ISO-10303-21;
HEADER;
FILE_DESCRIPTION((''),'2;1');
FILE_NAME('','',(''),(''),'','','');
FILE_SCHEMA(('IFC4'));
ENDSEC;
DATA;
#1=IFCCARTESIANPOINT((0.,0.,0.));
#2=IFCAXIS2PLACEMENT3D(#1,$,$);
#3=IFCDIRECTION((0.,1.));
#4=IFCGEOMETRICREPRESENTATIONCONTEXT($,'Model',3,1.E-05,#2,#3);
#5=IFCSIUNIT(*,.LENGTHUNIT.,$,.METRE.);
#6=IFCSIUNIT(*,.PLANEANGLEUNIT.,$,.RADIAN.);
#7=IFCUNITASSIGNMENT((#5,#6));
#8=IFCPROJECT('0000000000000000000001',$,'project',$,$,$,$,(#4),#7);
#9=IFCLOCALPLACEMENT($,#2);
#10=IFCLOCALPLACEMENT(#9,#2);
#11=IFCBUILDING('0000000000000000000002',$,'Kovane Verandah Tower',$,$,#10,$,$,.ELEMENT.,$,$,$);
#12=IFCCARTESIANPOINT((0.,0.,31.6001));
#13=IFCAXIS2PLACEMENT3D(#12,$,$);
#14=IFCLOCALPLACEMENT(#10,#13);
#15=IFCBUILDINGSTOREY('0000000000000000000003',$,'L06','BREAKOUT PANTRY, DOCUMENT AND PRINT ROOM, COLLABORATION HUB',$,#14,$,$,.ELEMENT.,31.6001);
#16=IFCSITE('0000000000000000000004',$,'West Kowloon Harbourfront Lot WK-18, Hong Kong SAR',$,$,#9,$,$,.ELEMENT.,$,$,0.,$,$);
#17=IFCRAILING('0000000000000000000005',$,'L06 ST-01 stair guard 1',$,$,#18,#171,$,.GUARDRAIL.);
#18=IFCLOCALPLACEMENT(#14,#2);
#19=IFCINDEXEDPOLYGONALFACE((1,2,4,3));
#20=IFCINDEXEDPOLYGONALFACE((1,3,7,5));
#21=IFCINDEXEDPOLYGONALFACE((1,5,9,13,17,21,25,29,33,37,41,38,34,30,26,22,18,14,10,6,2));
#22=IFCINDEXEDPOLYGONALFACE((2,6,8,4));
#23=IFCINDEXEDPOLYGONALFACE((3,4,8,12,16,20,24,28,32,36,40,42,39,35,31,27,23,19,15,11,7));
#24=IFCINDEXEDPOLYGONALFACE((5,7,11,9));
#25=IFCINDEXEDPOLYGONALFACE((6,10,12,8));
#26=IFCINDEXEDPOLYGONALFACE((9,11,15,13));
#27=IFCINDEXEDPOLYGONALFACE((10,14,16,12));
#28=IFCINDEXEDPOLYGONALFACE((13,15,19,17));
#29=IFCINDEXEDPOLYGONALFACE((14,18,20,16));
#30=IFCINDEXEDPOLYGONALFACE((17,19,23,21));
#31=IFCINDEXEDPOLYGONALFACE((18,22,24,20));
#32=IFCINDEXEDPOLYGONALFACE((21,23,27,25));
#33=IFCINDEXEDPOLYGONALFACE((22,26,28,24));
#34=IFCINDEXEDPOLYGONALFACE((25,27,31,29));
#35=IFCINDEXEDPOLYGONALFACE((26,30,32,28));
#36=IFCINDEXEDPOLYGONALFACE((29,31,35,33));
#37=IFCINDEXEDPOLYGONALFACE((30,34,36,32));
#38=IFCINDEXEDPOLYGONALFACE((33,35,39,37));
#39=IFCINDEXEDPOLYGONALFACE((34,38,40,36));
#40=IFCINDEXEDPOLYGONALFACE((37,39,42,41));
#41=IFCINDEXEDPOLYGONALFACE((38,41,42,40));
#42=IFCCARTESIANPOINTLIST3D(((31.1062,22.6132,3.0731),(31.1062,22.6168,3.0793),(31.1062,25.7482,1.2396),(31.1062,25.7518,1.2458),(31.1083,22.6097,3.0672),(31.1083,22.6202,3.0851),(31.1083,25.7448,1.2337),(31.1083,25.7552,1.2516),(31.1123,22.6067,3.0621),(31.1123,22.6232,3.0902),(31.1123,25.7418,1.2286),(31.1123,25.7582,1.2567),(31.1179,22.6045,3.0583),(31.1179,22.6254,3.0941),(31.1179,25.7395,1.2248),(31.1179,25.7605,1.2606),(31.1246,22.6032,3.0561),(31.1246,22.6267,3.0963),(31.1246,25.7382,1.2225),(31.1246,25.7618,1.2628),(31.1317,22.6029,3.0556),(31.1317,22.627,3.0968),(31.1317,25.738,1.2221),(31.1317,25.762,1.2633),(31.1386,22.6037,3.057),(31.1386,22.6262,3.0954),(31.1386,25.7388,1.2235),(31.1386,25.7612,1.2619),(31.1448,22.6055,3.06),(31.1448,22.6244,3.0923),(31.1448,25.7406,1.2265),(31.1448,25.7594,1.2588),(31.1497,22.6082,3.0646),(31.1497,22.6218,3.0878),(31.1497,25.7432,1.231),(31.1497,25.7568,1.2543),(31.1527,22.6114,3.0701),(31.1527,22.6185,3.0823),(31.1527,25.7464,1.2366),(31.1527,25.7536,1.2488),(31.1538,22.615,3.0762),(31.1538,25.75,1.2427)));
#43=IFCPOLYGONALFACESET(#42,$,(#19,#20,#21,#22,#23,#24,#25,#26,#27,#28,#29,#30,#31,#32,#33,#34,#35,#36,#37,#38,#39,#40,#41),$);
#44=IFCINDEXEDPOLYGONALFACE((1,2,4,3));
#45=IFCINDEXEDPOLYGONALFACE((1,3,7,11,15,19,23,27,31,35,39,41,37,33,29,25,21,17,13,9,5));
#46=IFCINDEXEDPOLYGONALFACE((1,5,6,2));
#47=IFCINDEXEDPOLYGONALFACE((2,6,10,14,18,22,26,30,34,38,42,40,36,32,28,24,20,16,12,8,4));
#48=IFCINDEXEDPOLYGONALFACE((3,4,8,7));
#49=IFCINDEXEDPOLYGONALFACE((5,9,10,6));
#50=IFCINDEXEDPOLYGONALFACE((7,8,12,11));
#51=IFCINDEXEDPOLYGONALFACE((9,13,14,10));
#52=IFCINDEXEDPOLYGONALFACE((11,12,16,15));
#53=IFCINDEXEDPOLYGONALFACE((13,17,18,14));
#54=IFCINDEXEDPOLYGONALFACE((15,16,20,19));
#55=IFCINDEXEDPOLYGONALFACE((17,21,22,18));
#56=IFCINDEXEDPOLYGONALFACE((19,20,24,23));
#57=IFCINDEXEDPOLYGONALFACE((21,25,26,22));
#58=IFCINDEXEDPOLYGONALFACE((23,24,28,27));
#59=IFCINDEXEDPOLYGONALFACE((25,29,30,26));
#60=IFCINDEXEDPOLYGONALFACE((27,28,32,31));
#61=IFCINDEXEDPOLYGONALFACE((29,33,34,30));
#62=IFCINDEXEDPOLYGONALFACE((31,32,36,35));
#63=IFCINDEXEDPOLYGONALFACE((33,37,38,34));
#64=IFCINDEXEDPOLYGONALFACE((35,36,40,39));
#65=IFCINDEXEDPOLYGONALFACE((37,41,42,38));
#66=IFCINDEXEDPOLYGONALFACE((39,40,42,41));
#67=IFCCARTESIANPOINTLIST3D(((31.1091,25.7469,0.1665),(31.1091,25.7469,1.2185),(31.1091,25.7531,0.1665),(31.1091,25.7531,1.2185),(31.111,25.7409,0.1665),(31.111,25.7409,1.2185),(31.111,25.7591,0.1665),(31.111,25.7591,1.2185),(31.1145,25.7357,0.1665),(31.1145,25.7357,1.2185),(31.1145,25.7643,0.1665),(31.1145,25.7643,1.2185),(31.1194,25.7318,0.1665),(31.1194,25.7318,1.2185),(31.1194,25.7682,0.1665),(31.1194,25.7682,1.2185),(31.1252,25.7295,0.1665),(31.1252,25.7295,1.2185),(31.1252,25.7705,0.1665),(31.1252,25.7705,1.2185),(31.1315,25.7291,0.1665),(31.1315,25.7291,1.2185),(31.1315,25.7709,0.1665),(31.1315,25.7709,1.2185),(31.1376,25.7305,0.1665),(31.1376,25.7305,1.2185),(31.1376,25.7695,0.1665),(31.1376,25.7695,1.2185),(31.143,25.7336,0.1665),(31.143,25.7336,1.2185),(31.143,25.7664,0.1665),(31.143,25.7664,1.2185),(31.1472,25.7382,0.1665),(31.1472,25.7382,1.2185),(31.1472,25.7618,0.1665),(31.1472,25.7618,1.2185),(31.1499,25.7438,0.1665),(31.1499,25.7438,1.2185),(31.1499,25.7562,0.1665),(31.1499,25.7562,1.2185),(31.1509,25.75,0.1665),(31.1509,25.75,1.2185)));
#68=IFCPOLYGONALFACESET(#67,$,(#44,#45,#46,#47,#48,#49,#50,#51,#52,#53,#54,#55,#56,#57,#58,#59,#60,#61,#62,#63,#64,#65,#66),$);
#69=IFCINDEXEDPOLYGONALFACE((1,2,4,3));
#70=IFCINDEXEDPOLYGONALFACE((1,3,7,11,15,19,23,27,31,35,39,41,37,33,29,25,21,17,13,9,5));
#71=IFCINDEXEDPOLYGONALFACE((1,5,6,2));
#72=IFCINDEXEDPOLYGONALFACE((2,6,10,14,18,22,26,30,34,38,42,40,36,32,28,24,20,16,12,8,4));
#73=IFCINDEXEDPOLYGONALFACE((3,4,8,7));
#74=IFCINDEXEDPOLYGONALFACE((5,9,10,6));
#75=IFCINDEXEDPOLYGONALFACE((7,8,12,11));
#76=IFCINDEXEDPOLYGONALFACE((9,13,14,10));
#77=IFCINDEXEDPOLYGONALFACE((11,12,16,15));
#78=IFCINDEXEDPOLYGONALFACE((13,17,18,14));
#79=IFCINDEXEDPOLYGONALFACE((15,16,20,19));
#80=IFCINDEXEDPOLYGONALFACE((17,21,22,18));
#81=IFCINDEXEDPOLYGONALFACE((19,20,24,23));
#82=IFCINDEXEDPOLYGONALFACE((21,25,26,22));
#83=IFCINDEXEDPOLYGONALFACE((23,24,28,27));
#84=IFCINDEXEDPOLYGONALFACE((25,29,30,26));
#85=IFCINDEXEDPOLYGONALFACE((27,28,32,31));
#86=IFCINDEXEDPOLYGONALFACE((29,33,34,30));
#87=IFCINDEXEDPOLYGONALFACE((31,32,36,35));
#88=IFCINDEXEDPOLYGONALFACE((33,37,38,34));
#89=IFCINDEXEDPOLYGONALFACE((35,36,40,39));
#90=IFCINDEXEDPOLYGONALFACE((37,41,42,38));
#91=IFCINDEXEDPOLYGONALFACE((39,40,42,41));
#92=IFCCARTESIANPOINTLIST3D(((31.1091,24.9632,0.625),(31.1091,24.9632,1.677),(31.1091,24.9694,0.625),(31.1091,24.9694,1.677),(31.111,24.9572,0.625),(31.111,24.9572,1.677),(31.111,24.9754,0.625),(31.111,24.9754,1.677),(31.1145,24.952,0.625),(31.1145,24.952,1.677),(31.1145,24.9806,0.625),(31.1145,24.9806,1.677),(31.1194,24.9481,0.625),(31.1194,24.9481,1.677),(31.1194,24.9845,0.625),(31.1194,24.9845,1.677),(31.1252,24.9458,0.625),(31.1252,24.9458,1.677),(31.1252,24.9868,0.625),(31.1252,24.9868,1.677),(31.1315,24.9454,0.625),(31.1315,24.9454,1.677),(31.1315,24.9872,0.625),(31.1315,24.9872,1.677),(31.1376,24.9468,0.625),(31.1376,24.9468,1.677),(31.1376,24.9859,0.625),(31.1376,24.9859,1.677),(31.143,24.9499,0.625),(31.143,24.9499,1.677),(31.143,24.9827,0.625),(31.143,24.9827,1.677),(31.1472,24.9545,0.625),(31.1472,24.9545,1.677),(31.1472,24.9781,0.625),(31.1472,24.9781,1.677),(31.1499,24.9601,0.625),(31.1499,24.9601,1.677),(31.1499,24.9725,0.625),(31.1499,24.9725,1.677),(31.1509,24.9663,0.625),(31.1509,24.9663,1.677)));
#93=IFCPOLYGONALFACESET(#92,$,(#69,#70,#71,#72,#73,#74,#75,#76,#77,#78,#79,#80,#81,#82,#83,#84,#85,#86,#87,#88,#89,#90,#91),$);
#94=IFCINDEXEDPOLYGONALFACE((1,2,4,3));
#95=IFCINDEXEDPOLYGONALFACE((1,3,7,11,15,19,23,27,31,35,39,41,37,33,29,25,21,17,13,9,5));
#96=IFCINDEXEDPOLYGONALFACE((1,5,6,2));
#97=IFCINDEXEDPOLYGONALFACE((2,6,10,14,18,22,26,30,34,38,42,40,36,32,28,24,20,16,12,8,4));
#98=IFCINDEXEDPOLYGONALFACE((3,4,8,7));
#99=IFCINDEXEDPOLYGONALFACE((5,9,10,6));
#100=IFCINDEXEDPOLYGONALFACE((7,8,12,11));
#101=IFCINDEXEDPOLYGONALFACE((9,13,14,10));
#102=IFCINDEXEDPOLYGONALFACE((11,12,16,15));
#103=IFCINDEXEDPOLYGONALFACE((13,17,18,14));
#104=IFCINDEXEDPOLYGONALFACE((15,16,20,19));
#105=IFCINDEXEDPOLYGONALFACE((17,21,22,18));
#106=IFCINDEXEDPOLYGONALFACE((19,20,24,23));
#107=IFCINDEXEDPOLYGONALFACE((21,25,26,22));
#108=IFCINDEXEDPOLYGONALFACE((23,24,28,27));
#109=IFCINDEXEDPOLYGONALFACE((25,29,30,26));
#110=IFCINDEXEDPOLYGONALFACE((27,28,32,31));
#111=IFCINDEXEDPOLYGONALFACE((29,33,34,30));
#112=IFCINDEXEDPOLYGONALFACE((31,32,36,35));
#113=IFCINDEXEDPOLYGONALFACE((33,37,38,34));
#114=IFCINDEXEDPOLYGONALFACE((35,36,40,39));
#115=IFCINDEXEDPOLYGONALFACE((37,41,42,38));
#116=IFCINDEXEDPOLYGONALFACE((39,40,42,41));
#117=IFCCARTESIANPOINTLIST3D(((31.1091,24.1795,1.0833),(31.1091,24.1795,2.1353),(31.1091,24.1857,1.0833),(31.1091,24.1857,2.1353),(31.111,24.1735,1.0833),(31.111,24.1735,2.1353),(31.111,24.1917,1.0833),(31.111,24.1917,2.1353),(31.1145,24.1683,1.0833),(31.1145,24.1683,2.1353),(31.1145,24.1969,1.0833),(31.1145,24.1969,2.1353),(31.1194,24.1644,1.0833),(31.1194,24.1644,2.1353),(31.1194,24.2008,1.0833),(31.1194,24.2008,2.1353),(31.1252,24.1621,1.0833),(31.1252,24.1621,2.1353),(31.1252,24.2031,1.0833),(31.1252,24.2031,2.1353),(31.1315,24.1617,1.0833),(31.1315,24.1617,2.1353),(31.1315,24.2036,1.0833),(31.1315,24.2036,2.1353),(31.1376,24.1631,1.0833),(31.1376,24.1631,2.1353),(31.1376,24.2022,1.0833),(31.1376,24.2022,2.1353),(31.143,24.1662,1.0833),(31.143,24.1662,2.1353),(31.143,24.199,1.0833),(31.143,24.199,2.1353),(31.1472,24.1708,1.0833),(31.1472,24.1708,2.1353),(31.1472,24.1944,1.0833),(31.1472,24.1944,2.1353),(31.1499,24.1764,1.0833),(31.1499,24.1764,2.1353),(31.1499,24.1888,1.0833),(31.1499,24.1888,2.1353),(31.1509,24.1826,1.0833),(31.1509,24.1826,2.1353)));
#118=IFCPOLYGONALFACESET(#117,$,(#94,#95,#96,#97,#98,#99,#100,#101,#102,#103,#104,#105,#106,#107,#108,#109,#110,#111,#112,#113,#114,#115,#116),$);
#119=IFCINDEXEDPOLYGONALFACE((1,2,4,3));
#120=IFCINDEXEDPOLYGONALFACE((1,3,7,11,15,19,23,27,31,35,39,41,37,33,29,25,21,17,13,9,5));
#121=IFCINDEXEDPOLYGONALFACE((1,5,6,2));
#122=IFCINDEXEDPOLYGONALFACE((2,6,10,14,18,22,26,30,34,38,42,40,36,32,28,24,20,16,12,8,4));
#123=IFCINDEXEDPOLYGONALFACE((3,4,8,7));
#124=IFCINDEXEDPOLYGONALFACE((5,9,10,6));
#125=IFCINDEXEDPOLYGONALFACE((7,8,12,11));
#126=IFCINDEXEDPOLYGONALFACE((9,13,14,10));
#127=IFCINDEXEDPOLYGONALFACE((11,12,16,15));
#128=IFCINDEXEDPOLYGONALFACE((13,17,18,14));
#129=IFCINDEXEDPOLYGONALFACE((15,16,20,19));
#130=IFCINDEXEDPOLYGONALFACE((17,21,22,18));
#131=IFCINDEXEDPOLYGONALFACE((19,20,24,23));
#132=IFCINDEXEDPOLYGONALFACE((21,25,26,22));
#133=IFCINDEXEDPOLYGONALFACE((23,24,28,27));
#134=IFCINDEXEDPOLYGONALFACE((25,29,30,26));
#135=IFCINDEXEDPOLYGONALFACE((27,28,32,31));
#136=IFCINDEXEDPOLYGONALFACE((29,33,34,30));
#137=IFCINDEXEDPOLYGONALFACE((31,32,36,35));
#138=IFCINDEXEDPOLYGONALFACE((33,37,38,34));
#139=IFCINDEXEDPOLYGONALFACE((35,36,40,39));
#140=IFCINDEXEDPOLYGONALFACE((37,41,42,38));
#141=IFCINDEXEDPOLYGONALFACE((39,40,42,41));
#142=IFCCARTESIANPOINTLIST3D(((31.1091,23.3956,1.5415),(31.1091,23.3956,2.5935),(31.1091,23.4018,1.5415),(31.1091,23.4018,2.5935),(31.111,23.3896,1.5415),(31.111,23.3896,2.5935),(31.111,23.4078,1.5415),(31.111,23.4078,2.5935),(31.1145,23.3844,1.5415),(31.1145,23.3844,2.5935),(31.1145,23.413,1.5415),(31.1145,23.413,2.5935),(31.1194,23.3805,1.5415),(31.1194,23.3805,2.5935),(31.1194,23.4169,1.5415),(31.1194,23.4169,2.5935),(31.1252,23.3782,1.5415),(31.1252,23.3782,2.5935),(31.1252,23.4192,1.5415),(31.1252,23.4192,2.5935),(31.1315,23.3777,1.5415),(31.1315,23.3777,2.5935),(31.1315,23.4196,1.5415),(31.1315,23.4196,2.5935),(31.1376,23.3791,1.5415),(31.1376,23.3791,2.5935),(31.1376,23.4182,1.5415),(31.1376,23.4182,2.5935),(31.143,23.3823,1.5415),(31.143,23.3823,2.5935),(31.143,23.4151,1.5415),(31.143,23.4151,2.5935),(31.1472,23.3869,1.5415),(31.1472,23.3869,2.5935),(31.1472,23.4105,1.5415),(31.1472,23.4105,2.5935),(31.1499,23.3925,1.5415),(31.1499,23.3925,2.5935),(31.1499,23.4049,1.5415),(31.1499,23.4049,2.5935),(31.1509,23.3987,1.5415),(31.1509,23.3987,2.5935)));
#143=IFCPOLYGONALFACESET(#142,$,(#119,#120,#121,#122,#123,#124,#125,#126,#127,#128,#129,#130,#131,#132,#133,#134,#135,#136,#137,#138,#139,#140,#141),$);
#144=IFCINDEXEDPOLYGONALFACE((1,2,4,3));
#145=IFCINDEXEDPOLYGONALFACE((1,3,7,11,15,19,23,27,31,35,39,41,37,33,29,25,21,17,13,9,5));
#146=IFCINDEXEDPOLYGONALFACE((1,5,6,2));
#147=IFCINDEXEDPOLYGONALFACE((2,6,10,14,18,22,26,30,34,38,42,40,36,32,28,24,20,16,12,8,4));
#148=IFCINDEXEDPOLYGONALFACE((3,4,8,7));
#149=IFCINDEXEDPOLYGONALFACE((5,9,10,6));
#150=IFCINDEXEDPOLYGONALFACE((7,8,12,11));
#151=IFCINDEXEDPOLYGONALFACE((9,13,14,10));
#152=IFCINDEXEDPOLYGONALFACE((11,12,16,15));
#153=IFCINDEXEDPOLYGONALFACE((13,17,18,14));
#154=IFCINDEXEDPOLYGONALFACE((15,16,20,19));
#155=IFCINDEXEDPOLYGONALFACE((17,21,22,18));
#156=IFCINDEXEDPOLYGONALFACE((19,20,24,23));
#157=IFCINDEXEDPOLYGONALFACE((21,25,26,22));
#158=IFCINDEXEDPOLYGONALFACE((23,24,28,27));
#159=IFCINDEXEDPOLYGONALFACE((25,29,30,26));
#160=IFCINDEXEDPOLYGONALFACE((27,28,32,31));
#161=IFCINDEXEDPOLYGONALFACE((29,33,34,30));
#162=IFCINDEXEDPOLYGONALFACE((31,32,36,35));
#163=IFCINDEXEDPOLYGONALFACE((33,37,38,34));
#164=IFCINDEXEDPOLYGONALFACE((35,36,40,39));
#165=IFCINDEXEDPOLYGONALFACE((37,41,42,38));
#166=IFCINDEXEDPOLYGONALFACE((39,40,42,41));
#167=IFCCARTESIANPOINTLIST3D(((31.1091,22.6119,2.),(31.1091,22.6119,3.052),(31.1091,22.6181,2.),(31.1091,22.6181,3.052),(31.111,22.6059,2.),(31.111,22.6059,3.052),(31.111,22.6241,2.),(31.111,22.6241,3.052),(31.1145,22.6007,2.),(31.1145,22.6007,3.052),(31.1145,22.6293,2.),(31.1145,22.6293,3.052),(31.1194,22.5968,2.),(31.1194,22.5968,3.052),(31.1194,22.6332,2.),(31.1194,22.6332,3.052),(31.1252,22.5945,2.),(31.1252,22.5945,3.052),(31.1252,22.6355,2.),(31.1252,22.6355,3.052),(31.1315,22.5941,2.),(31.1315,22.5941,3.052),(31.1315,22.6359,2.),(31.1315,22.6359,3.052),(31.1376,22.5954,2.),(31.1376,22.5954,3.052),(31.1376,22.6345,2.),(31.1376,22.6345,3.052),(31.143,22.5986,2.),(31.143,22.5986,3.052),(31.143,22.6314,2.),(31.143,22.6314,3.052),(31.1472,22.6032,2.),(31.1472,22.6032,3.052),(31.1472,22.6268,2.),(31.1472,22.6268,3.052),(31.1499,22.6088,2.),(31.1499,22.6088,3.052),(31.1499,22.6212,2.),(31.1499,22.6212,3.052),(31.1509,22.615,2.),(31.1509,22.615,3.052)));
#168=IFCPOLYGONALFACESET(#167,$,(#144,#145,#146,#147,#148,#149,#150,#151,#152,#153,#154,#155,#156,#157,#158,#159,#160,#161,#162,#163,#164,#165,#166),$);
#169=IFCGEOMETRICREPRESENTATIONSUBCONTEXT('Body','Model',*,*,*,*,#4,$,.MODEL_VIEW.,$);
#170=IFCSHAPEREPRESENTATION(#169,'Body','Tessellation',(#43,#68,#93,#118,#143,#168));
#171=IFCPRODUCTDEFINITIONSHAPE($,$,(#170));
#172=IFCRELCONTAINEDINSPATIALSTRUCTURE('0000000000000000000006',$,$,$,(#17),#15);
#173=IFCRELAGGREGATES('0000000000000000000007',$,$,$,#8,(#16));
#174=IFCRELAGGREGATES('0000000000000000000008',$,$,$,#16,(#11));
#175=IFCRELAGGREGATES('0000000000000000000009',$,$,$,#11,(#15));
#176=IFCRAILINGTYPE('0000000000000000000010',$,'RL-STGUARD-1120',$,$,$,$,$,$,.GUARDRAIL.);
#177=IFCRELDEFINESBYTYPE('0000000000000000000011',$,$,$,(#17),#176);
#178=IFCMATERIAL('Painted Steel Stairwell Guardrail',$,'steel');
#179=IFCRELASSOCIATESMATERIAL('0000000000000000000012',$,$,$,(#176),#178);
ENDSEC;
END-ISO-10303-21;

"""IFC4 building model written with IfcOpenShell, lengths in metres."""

from ifc_helpers import new_model, si_unit, direction, frame, origin, origin_2d, place, context, subcontext, project, spatial, circle, extrude, material, type_object, element, save


model = new_model("IFC4")

# Units and contexts
model_context = context("Model", 3, precision=1e-05, world=origin(), true_north=direction((0.0, 1.0)))
body_context = subcontext(model_context, "Body", "Model", "MODEL_VIEW")
ifc_project = project(units=[si_unit("LENGTHUNIT", "METRE"), si_unit("PLANEANGLEUNIT", "RADIAN")], contexts=[model_context])

# Site, building, storey
site_placement = place(None, origin())
site = spatial("IfcSite", under=ifc_project, at=site_placement, Name="West Kowloon Harbourfront Lot WK-18, Hong Kong SAR", CompositionType="ELEMENT", RefElevation=0.0)
building_placement = place(site_placement, origin())
building = spatial("IfcBuilding", under=site, at=building_placement, Name="Kovane Verandah Tower", CompositionType="ELEMENT")
storey_placement = place(building_placement, frame((0.0, 0.0, 31.6001)))
storey = spatial("IfcBuildingStorey", under=building, at=storey_placement, Name="L06", Description="BREAKOUT PANTRY, DOCUMENT AND PRINT ROOM, COLLABORATION HUB", CompositionType="ELEMENT", Elevation=31.6001)

# Railing
ifc_material_1 = material(Name="Painted Steel Stairwell Guardrail", Category="steel")
railing_type_1 = type_object("IfcRailingType", Name="RL-STGUARD-1120", PredefinedType="GUARDRAIL", material=ifc_material_1)
railing_1_placement = place(storey_placement, frame((31.1299, 25.75, 0.1665)))
element("IfcRailing", 1, at=railing_1_placement, inside=storey, type_object=railing_type_1, Name="L06 ST-01 stair guard 1", PredefinedType="GUARDRAIL", context=body_context, shape_type="SweptSolid", body=[
    extrude(circle(Radius=0.0239, at=origin_2d()), frame((0.0, 0.0, 1.0762), z_axis=(0.0, -0.86321, 0.504845), x_axis=(1.0, 0.0, 0.0)), (0.0, 0.0, 1.0), 3.6318),
    extrude(circle(Radius=0.021, at=origin_2d()), origin(), (0.0, 0.0, 1.0), 1.052),
    extrude(circle(Radius=0.021, at=origin_2d()), frame((0.0, -0.7837, 0.4585)), (0.0, 0.0, 1.0), 1.052),
    extrude(circle(Radius=0.021, at=origin_2d()), frame((0.0, -1.5674, 0.9167)), (0.0, 0.0, 1.0), 1.052),
    extrude(circle(Radius=0.021, at=origin_2d()), frame((0.0, -2.3513, 1.375)), (0.0, 0.0, 1.0), 1.052),
    extrude(circle(Radius=0.021, at=origin_2d()), frame((0.0, -3.135, 1.8335)), (0.0, 0.0, 1.0), 1.052),
])

save(model, "model.ifc")
